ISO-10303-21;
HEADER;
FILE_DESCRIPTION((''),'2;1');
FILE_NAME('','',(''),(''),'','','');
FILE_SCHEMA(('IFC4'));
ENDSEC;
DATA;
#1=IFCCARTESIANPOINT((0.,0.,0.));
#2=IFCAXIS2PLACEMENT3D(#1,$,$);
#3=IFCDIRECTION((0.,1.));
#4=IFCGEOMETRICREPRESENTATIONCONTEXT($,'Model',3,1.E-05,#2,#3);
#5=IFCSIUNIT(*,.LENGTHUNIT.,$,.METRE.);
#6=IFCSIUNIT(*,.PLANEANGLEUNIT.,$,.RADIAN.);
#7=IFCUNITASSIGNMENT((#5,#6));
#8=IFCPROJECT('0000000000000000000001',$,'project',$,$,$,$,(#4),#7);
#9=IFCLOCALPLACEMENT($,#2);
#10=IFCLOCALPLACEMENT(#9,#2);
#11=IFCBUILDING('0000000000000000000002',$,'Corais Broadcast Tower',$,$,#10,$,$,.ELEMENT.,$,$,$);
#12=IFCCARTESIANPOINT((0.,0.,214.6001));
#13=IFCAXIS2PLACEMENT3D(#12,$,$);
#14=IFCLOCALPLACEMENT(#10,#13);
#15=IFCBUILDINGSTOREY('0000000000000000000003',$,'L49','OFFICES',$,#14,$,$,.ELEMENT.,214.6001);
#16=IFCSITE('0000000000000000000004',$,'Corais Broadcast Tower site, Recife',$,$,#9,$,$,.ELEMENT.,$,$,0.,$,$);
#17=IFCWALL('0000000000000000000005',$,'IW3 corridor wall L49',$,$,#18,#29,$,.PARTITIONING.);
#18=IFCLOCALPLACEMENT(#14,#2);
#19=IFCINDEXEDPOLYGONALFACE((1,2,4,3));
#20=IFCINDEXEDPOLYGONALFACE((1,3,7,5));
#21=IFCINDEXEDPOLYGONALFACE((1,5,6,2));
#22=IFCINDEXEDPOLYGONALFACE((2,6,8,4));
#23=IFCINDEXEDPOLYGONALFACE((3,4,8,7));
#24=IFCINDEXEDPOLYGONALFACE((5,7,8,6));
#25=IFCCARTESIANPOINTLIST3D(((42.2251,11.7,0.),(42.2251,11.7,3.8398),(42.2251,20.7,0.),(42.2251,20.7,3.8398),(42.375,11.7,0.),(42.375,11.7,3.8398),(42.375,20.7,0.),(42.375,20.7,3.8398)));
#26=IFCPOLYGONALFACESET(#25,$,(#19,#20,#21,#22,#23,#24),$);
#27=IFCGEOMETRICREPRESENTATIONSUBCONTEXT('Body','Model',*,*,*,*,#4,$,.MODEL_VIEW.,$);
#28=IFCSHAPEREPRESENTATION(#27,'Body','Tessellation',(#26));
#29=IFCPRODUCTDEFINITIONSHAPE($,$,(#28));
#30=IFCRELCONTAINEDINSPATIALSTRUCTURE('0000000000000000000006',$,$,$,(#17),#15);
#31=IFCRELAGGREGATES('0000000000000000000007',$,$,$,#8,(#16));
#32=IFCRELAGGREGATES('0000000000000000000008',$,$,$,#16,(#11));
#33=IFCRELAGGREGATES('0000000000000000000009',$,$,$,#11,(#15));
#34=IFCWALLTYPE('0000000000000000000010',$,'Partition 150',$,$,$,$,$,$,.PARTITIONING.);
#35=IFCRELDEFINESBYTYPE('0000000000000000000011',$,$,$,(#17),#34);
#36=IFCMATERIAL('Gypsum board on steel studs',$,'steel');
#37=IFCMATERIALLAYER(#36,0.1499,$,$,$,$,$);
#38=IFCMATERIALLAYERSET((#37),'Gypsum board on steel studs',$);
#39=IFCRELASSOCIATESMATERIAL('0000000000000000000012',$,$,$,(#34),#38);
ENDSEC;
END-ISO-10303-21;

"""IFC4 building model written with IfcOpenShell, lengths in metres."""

from ifc_helpers import new_model, si_unit, direction, frame, frame_2d, origin, place, context, subcontext, project, spatial, rectangle, extrude, material, layer, layer_set, type_object, element, save


model = new_model("IFC4")

# Units and contexts
model_context = context("Model", 3, precision=1e-05, world=origin(), true_north=direction((0.0, 1.0)))
body_context = subcontext(model_context, "Body", "Model", "MODEL_VIEW")
ifc_project = project(units=[si_unit("LENGTHUNIT", "METRE"), si_unit("PLANEANGLEUNIT", "RADIAN")], contexts=[model_context])

# Site, building, storey
site_placement = place(None, origin())
site = spatial("IfcSite", under=ifc_project, at=site_placement, Name="Corais Broadcast Tower site, Recife", CompositionType="ELEMENT", RefElevation=0.0)
building_placement = place(site_placement, origin())
building = spatial("IfcBuilding", under=site, at=building_placement, Name="Corais Broadcast Tower", CompositionType="ELEMENT")
storey_placement = place(building_placement, frame((0.0, 0.0, 214.6001)))
storey = spatial("IfcBuildingStorey", under=building, at=storey_placement, Name="L49", Description="OFFICES", CompositionType="ELEMENT", Elevation=214.6001)

# Wall
ifc_material_1 = material(Name="Gypsum board on steel studs", Category="steel")
ifc_layer_1 = layer(ifc_material_1, 0.1499)
ifc_layer_set_1 = layer_set([ifc_layer_1], Name="Gypsum board on steel studs")
wall_type = type_object("IfcWallType", Name="Partition 150", PredefinedType="PARTITIONING", material=ifc_layer_set_1)
wall_placement = place(storey_placement, frame((42.3, 11.7, 0.0), z_axis=(0.0, 0.0, 1.0), x_axis=(0.0, 1.0, 0.0)))
element("IfcWall", 1, at=wall_placement, inside=storey, type_object=wall_type, Name="IW3 corridor wall L49", PredefinedType="PARTITIONING", context=body_context, shape_type="SweptSolid", body=[
    extrude(rectangle(XDim=9.0, YDim=0.1499, at=frame_2d((4.5, 0.0))), origin(), (0.0, 0.0, 1.0), 3.8398),
])

save(model, "model.ifc")
